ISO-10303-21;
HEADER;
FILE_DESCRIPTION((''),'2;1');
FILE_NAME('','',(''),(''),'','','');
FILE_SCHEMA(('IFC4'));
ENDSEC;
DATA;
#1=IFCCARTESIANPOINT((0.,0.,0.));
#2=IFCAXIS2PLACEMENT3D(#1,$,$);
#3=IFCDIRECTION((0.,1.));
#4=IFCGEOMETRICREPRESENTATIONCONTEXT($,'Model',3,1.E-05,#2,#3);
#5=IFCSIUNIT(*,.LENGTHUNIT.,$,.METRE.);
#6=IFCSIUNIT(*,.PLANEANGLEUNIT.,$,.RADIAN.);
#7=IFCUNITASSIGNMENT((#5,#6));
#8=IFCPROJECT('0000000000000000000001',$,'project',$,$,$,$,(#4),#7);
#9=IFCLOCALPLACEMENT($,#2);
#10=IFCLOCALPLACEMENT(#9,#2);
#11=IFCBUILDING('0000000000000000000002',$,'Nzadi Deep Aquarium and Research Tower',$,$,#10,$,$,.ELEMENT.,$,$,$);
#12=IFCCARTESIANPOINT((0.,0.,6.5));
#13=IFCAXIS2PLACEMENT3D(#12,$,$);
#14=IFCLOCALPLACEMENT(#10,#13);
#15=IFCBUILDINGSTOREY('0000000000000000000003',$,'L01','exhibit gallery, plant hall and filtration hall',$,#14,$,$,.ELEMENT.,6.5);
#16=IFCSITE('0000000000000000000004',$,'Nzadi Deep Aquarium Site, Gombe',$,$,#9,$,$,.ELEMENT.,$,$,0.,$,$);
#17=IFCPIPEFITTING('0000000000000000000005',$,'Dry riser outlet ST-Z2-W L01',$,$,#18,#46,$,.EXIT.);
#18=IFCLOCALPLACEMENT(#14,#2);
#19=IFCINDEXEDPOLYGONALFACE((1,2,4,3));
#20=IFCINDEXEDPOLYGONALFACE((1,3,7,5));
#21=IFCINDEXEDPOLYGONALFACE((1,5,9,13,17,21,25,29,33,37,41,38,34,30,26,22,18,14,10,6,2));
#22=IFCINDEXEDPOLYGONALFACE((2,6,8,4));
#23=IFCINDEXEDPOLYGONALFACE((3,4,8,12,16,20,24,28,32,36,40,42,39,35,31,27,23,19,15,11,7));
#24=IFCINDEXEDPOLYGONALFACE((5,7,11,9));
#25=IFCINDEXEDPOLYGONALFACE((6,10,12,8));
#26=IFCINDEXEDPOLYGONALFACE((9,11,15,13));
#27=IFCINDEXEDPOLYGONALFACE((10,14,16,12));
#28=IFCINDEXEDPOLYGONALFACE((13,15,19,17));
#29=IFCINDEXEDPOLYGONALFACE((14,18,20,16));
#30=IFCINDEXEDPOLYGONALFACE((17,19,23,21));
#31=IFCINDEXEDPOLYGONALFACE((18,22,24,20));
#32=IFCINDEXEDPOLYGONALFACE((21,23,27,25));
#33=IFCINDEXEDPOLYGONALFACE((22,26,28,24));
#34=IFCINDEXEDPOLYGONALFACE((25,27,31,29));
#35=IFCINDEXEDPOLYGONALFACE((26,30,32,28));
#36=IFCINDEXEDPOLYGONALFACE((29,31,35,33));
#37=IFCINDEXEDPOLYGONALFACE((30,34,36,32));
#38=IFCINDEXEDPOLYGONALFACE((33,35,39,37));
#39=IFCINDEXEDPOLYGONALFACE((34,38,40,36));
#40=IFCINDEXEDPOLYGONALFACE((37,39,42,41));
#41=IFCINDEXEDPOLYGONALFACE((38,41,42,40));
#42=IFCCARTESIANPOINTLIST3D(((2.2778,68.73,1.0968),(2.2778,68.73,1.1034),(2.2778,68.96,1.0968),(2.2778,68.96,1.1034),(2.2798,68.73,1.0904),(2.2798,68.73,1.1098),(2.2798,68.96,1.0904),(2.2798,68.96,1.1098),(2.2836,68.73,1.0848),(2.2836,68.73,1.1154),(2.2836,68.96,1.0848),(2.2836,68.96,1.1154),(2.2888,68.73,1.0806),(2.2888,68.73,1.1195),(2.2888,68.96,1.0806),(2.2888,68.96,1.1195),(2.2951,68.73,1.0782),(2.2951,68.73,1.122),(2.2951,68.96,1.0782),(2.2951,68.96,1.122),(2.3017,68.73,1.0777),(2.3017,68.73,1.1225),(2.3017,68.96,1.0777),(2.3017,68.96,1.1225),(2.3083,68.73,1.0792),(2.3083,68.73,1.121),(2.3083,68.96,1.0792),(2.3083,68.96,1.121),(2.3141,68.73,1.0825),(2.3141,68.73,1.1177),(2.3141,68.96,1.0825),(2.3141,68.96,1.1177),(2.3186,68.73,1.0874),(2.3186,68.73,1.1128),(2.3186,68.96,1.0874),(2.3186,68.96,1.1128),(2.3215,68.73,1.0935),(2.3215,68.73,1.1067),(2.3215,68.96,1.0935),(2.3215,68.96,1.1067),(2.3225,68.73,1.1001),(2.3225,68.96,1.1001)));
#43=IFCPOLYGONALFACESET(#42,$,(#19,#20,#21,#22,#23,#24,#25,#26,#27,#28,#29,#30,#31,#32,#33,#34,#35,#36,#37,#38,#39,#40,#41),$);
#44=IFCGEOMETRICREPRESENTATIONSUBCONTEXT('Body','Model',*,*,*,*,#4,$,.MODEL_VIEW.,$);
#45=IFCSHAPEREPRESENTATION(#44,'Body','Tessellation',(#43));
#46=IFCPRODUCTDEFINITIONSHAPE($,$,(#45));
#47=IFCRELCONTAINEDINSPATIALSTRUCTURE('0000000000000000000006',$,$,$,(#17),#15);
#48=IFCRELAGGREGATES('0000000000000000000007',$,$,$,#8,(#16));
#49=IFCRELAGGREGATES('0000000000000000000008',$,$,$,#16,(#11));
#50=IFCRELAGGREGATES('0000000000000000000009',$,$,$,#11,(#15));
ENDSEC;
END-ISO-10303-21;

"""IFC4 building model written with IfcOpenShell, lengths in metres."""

from ifc_helpers import new_model, si_unit, direction, frame, origin, origin_2d, place, context, subcontext, project, spatial, circle, extrude, element, save


model = new_model("IFC4")

# Units and contexts
model_context = context("Model", 3, precision=1e-05, world=origin(), true_north=direction((0.0, 1.0)))
body_context = subcontext(model_context, "Body", "Model", "MODEL_VIEW")
ifc_project = project(units=[si_unit("LENGTHUNIT", "METRE"), si_unit("PLANEANGLEUNIT", "RADIAN")], contexts=[model_context])

# Site, building, storey
site_placement = place(None, origin())
site = spatial("IfcSite", under=ifc_project, at=site_placement, Name="Nzadi Deep Aquarium Site, Gombe", CompositionType="ELEMENT", RefElevation=0.0)
building_placement = place(site_placement, origin())
building = spatial("IfcBuilding", under=site, at=building_placement, Name="Nzadi Deep Aquarium and Research Tower", CompositionType="ELEMENT")
storey_placement = place(building_placement, frame((0.0, 0.0, 6.5)))
storey = spatial("IfcBuildingStorey", under=building, at=storey_placement, Name="L01", Description="exhibit gallery, plant hall and filtration hall", CompositionType="ELEMENT", Elevation=6.5)

# Pipe fitting
pipe_fitting_placement = place(storey_placement, frame((2.3, 68.96, 1.1001), z_axis=(0.0, -1.0, 0.0), x_axis=(1.0, 0.0, 0.0)))
element("IfcPipeFitting", 1, at=pipe_fitting_placement, inside=storey, Name="Dry riser outlet ST-Z2-W L01", PredefinedType="EXIT", context=body_context, shape_type="SweptSolid", body=[
    extrude(circle(Radius=0.0225, at=origin_2d()), origin(), (0.0, 0.0, 1.0), 0.23),
])

save(model, "model.ifc")
